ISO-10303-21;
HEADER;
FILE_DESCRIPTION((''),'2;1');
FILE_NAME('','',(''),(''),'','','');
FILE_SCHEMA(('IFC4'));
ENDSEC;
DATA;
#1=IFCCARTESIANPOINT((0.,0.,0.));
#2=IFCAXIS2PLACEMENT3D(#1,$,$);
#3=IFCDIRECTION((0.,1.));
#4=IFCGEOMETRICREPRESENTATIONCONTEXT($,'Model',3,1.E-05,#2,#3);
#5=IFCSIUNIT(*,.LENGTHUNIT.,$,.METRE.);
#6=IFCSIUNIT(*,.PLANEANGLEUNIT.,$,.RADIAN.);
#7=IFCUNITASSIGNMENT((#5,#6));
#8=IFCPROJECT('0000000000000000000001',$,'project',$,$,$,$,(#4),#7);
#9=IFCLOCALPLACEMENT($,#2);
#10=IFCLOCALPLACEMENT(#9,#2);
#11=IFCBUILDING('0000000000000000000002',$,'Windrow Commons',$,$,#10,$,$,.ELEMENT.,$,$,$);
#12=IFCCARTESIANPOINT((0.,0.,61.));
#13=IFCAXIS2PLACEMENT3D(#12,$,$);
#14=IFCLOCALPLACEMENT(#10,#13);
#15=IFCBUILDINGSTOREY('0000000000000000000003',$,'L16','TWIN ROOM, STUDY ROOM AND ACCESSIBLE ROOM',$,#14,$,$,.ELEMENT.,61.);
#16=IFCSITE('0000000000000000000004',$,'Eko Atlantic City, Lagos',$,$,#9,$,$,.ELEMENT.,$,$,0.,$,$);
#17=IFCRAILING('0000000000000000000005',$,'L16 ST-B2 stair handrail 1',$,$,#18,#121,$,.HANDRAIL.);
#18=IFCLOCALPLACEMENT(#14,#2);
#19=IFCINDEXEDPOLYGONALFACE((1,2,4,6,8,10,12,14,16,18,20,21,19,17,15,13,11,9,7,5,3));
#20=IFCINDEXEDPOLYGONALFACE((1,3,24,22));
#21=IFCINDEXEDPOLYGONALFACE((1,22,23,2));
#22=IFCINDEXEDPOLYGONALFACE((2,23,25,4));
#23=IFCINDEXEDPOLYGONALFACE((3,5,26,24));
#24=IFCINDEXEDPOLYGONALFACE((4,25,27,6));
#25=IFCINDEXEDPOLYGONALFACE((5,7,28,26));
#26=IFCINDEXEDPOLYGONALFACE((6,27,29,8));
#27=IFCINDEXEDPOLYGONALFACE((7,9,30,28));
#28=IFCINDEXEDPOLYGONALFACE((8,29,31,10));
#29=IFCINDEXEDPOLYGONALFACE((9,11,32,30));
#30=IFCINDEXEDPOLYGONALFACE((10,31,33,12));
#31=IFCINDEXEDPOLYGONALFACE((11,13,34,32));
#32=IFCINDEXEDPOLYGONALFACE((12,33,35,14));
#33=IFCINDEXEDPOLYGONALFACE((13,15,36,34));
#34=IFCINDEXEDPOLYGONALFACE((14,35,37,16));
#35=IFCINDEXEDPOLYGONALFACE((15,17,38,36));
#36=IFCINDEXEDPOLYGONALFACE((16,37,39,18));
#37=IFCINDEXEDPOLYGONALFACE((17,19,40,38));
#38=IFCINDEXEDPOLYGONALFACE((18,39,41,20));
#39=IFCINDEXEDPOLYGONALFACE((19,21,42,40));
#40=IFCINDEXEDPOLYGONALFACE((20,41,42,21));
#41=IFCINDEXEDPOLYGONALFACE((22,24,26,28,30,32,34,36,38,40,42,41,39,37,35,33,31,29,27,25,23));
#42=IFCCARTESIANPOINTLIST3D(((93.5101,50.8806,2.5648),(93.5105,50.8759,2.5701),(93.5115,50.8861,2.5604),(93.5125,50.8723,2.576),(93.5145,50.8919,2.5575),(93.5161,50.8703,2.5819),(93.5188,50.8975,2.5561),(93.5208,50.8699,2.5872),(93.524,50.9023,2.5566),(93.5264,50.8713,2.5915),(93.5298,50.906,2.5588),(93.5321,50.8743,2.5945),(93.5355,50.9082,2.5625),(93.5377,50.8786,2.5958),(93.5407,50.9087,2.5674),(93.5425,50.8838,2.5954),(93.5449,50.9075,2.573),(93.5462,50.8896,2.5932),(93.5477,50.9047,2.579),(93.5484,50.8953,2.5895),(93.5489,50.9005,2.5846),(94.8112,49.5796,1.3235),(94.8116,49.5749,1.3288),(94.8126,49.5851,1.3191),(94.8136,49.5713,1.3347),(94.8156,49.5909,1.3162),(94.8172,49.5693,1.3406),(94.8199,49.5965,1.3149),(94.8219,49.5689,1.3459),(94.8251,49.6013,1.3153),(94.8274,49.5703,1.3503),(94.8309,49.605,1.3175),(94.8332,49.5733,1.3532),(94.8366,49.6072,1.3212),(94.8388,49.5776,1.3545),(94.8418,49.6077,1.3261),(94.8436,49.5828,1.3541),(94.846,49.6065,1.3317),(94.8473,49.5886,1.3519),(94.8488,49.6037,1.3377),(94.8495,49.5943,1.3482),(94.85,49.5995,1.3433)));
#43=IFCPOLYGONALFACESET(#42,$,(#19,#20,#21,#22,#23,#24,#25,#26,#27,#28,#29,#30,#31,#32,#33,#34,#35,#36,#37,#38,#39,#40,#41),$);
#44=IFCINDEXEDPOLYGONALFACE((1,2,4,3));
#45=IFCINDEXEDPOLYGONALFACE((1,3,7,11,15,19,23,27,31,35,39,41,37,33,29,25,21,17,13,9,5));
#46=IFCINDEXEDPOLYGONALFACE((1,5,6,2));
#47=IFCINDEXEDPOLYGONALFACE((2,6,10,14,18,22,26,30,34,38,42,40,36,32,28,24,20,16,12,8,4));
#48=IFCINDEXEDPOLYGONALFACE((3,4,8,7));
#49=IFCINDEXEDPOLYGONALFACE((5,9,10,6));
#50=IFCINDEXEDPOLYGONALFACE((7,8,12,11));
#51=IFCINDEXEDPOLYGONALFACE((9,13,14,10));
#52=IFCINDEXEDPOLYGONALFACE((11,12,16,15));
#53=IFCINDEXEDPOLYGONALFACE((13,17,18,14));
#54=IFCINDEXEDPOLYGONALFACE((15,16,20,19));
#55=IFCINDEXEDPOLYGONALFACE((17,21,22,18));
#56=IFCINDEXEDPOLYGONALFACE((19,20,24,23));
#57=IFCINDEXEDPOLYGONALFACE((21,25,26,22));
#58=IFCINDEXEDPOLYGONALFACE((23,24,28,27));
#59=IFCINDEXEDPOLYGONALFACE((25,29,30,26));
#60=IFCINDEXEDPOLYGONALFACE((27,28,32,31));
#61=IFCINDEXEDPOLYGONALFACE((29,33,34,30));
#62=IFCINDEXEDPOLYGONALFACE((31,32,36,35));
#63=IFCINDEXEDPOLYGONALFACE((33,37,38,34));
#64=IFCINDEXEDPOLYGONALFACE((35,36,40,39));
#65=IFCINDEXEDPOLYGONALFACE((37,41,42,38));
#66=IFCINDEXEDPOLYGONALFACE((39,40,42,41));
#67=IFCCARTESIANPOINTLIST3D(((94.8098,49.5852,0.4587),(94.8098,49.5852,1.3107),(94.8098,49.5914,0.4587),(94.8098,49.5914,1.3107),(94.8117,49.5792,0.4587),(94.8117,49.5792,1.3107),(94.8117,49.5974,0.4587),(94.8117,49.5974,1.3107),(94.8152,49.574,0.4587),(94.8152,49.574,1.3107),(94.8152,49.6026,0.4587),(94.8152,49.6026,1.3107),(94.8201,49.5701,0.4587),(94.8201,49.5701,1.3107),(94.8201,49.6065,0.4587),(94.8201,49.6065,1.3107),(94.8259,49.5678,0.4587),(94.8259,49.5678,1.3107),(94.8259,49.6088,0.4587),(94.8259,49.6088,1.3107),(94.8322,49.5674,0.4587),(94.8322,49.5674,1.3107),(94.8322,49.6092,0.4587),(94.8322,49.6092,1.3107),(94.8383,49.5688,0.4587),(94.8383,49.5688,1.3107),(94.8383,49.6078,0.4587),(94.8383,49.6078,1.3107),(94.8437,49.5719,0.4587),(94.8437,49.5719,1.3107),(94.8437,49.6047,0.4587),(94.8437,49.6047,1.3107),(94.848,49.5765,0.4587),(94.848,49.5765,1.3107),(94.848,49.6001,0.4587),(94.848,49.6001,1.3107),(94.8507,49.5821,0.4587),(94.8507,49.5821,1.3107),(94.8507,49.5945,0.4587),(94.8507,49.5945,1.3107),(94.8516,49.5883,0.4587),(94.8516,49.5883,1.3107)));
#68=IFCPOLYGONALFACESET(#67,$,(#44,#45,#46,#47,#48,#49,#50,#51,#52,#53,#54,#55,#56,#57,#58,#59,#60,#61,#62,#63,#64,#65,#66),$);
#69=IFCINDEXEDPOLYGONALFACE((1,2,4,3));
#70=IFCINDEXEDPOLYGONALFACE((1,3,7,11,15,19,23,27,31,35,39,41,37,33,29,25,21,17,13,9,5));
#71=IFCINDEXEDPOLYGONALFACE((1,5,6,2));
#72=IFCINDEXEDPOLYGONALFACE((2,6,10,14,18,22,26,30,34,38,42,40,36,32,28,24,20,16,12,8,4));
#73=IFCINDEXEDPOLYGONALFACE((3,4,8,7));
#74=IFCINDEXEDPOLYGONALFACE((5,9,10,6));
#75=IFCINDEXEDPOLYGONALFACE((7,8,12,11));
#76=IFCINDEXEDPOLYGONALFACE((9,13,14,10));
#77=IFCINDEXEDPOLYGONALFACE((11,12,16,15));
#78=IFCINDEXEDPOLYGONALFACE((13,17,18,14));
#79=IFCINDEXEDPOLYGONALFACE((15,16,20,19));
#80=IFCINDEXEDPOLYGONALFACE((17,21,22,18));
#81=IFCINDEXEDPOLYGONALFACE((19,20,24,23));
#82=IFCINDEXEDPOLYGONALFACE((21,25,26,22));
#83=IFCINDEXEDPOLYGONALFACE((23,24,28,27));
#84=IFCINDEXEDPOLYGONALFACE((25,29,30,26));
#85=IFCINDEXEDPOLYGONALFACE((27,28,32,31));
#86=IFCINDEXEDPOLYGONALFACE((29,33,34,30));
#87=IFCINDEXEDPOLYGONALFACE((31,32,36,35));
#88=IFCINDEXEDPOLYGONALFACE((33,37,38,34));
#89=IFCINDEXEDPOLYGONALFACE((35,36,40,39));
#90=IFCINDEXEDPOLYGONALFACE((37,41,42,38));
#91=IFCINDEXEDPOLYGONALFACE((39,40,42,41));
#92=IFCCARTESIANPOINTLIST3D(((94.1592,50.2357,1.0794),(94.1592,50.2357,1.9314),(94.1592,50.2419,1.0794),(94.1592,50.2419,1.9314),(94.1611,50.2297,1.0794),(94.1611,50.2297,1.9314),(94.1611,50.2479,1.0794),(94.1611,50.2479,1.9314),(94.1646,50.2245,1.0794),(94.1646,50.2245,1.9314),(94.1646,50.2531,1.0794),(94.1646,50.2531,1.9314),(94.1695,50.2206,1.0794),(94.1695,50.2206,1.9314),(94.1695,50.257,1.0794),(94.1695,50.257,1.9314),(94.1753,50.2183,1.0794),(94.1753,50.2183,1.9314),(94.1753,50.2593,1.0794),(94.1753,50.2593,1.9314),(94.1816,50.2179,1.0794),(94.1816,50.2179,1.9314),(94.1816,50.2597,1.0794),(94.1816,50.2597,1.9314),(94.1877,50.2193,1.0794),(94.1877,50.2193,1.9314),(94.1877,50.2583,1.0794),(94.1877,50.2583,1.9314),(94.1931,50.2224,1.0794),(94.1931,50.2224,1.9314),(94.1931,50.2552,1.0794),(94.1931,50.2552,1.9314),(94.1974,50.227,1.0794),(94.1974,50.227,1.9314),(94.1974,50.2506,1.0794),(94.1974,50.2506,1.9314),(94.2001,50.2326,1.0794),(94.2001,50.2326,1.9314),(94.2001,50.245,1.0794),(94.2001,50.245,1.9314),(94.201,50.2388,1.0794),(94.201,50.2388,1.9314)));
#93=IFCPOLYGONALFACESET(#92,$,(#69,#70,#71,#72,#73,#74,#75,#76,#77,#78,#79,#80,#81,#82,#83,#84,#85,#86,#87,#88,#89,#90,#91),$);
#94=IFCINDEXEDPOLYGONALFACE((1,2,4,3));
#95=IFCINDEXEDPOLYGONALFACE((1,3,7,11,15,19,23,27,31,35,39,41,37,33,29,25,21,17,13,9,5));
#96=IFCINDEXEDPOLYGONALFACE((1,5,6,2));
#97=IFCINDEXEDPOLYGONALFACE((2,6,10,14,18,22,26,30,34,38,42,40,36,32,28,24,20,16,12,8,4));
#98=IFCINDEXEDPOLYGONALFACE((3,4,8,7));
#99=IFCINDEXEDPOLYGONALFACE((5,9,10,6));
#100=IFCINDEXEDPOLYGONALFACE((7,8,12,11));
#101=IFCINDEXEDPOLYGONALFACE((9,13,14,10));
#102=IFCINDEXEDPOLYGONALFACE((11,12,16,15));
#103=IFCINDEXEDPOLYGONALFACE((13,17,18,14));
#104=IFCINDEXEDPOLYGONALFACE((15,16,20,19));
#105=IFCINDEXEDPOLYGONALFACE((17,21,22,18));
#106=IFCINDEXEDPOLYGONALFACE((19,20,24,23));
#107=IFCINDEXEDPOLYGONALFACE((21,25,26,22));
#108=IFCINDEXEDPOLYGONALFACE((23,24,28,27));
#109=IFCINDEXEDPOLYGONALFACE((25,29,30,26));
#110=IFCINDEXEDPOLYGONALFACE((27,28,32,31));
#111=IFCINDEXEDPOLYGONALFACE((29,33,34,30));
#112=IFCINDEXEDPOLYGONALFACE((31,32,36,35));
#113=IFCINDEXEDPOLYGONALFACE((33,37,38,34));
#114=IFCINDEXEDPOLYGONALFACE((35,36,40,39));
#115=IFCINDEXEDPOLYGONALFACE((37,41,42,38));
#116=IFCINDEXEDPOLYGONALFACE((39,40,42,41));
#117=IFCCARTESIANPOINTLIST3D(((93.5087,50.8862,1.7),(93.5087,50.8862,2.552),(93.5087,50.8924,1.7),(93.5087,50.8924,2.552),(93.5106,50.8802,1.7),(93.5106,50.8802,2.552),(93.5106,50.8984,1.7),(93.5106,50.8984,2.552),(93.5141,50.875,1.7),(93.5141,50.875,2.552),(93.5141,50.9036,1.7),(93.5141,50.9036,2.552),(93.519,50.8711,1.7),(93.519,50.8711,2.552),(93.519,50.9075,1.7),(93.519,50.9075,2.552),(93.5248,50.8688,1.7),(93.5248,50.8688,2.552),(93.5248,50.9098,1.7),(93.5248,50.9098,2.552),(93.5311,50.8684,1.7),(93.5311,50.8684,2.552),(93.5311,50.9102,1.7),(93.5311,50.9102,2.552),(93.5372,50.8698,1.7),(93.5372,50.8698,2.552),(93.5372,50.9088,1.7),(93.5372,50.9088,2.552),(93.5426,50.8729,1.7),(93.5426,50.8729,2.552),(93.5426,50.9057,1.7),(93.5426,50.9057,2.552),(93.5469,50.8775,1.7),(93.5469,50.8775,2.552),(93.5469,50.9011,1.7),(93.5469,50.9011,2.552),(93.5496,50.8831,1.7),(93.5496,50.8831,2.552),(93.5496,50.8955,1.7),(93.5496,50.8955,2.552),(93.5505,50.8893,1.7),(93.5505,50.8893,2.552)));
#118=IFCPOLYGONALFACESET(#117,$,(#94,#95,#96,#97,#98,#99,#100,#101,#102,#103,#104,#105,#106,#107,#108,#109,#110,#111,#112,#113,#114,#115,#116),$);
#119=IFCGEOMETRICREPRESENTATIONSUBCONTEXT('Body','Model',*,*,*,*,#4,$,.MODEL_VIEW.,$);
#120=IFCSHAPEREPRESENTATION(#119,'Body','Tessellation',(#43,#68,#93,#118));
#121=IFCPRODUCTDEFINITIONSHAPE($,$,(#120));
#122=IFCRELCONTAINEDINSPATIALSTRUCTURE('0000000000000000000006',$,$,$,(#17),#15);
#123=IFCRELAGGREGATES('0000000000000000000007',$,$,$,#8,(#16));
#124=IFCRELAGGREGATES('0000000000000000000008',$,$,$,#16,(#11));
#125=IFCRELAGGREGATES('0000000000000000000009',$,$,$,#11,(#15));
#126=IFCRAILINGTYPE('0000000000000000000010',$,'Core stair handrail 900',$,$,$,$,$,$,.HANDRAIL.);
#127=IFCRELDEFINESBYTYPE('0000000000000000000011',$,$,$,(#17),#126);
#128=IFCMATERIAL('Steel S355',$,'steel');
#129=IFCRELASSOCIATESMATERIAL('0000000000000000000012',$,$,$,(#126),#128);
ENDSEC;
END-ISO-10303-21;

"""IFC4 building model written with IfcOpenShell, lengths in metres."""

from ifc_helpers import new_model, si_unit, direction, frame, origin, origin_2d, place, context, subcontext, project, spatial, circle, extrude, material, type_object, element, save


model = new_model("IFC4")

# Units and contexts
model_context = context("Model", 3, precision=1e-05, world=origin(), true_north=direction((0.0, 1.0)))
body_context = subcontext(model_context, "Body", "Model", "MODEL_VIEW")
ifc_project = project(units=[si_unit("LENGTHUNIT", "METRE"), si_unit("PLANEANGLEUNIT", "RADIAN")], contexts=[model_context])

# Site, building, storey
site_placement = place(None, origin())
site = spatial("IfcSite", under=ifc_project, at=site_placement, Name="Eko Atlantic City, Lagos", CompositionType="ELEMENT", RefElevation=0.0)
building_placement = place(site_placement, origin())
building = spatial("IfcBuilding", under=site, at=building_placement, Name="Windrow Commons", CompositionType="ELEMENT")
storey_placement = place(building_placement, frame((0.0, 0.0, 61.0)))
storey = spatial("IfcBuildingStorey", under=building, at=storey_placement, Name="L16", Description="TWIN ROOM, STUDY ROOM AND ACCESSIBLE ROOM", CompositionType="ELEMENT", Elevation=61.0)

# Railing
ifc_material_1 = material(Name="Steel S355", Category="steel")
railing_type = type_object("IfcRailingType", Name="Core stair handrail 900", PredefinedType="HANDRAIL", material=ifc_material_1)
railing_placement = place(storey_placement, frame((94.8306, 49.5883, 0.4587)))
element("IfcRailing", 1, at=railing_placement, inside=storey, type_object=railing_type, Name="L16 ST-B2 stair handrail 1", PredefinedType="HANDRAIL", context=body_context, shape_type="SweptSolid", body=[
    extrude(circle(Radius=0.024, at=origin_2d()), frame((0.0, 0.0, 0.876), z_axis=(-0.586207, 0.586162, 0.559264), x_axis=(-0.70708, -0.707134, 0.0)), (0.0, 0.0, 1.0), 2.2195),
    extrude(circle(Radius=0.021, at=origin_2d()), origin(), (0.0, 0.0, 1.0), 0.852),
    extrude(circle(Radius=0.021, at=origin_2d()), frame((-0.6506, 0.6505, 0.6207)), (0.0, 0.0, 1.0), 0.852),
    extrude(circle(Radius=0.021, at=origin_2d()), frame((-1.3011, 1.301, 1.2413)), (0.0, 0.0, 1.0), 0.852),
])

save(model, "model.ifc")
